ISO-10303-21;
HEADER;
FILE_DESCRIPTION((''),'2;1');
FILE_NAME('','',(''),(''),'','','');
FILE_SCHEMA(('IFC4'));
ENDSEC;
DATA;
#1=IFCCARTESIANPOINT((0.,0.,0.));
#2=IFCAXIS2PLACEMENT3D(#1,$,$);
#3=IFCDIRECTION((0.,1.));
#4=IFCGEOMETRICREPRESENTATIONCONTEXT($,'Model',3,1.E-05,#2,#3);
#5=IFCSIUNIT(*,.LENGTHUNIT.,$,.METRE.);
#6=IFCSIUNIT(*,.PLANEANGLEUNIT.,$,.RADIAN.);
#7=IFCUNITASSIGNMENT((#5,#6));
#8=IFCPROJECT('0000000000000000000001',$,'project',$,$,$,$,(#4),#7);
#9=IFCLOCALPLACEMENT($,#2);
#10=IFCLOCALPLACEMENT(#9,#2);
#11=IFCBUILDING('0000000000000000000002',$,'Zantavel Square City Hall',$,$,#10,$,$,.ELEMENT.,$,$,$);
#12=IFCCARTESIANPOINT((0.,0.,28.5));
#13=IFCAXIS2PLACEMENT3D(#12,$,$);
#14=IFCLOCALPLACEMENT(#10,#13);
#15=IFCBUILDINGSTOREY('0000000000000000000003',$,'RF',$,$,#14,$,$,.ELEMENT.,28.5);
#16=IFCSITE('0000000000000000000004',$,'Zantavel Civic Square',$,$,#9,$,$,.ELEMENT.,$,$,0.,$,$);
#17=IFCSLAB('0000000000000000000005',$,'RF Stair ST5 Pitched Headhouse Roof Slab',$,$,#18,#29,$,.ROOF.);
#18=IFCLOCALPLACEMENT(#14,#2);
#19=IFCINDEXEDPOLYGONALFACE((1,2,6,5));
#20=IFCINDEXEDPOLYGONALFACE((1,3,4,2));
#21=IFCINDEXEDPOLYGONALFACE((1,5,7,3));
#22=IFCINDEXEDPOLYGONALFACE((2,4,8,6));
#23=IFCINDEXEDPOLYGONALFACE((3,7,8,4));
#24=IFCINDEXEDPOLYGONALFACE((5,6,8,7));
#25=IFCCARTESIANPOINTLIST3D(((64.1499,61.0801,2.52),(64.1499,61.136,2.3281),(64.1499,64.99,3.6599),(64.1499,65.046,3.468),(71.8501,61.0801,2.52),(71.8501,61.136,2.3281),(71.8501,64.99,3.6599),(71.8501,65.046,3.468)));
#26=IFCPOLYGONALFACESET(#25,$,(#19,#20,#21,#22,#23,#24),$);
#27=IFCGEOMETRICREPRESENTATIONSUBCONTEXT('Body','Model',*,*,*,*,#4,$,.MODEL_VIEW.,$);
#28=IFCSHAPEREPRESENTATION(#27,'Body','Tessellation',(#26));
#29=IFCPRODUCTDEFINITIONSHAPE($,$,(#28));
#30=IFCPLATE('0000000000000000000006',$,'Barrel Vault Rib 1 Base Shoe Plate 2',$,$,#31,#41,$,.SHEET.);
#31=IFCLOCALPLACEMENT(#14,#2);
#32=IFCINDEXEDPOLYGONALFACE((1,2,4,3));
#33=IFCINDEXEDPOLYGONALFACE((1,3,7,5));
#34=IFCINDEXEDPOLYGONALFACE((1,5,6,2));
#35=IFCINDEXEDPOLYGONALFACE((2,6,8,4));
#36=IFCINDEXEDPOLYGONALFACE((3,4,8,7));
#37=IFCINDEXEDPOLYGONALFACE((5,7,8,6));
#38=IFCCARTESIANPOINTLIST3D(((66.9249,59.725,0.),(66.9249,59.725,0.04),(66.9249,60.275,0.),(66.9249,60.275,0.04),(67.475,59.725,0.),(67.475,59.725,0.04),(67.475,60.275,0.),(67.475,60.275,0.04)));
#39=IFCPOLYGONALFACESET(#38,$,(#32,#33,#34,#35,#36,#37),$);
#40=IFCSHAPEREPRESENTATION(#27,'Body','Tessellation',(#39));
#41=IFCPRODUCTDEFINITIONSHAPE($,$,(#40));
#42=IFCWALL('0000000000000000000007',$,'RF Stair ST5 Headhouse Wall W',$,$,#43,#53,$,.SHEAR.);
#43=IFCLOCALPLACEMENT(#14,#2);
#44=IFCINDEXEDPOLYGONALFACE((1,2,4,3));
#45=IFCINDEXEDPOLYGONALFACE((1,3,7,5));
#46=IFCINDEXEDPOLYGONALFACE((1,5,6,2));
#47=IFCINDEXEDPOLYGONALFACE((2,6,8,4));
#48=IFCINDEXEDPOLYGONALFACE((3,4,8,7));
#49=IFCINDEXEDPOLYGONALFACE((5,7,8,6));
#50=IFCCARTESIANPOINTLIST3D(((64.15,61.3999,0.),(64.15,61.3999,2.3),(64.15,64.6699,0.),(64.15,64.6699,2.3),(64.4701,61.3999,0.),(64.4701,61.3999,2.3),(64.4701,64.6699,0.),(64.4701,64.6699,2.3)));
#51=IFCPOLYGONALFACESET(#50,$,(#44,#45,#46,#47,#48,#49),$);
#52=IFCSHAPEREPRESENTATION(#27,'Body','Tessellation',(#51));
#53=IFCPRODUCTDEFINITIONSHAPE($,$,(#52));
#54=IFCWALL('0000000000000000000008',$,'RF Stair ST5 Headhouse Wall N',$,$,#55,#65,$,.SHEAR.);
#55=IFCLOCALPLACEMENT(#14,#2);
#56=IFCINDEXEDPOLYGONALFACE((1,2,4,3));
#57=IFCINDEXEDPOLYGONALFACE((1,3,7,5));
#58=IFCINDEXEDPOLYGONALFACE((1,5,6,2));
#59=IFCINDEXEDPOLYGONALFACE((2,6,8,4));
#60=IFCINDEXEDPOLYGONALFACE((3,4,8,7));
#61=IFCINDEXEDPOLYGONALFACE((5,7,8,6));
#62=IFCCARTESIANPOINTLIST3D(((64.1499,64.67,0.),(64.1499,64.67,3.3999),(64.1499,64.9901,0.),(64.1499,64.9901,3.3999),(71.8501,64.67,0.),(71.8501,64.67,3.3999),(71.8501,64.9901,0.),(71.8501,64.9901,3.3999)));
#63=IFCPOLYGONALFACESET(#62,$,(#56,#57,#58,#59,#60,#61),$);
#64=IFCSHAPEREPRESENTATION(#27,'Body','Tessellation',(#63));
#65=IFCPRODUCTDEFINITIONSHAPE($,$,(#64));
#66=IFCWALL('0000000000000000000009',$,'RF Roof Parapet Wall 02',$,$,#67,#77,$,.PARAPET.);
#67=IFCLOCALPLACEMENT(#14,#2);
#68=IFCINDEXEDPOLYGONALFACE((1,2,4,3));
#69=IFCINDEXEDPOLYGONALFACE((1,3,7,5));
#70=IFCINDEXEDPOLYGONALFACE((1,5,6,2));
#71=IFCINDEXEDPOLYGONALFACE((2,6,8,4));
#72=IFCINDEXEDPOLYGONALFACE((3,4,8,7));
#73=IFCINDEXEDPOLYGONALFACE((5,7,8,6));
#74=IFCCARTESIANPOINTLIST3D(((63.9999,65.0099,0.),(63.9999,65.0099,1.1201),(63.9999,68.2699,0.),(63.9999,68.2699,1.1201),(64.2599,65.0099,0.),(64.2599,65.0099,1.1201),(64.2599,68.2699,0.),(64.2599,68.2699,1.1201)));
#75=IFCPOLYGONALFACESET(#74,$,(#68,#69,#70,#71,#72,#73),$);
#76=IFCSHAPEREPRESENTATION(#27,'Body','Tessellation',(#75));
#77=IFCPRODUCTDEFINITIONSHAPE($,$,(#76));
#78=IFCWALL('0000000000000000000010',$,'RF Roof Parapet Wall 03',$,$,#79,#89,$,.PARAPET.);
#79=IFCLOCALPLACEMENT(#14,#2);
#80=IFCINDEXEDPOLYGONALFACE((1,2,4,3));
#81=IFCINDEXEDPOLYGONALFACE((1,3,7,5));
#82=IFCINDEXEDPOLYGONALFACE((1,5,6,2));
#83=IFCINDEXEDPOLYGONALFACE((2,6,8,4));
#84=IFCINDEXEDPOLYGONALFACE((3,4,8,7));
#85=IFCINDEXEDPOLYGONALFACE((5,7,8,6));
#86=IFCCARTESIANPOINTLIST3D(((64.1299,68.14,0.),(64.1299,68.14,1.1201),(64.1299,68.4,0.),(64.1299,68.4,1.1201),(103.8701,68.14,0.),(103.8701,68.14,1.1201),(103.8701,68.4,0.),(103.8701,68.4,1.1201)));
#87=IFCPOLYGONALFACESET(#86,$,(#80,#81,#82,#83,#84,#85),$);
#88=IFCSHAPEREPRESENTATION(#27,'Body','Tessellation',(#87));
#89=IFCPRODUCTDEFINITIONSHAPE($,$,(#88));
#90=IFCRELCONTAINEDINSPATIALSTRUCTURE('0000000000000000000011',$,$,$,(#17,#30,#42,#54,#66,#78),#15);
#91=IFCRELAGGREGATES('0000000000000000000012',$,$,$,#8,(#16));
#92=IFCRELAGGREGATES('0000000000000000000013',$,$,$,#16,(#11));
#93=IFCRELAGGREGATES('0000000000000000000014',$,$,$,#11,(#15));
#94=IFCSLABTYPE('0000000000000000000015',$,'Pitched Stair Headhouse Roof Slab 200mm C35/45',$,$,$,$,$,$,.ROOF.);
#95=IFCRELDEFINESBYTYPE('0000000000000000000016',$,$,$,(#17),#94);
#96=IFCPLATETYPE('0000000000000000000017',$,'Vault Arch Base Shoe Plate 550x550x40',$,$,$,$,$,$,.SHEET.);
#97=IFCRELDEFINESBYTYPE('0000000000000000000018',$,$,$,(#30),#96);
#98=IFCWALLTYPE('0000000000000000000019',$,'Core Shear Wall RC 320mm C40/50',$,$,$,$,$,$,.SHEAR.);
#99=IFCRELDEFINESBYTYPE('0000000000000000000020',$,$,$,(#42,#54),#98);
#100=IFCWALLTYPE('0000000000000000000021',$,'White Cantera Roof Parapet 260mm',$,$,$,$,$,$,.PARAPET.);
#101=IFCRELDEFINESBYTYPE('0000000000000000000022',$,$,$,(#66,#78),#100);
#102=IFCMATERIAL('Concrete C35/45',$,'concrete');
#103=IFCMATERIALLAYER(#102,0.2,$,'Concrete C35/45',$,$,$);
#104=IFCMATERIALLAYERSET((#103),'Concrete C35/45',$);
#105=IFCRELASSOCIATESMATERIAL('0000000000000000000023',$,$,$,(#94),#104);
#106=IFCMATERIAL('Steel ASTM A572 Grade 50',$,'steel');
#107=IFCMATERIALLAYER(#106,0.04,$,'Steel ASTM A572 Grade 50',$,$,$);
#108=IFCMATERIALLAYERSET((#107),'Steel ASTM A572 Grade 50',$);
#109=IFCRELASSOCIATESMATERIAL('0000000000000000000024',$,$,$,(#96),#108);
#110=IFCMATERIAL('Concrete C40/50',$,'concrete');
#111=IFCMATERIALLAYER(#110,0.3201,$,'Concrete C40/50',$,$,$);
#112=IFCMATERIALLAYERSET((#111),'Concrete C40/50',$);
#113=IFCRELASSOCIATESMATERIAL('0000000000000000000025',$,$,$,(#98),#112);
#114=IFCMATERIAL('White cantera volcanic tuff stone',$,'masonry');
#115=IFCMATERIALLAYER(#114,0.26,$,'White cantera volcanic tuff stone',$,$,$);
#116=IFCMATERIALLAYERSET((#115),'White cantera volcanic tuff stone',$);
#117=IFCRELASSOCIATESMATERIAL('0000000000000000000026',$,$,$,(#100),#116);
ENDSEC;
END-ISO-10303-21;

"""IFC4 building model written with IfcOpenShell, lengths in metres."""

from ifc_helpers import new_model, si_unit, direction, frame, frame_2d, origin, origin_2d, place, context, subcontext, project, spatial, polyline, rectangle, outline, extrude, material, layer, layer_set, type_object, element, save


model = new_model("IFC4")

# Units and contexts
model_context = context("Model", 3, precision=1e-05, world=origin(), true_north=direction((0.0, 1.0)))
body_context = subcontext(model_context, "Body", "Model", "MODEL_VIEW")
ifc_project = project(units=[si_unit("LENGTHUNIT", "METRE"), si_unit("PLANEANGLEUNIT", "RADIAN")], contexts=[model_context])

# Site, building, storey
site_placement = place(None, origin())
site = spatial("IfcSite", under=ifc_project, at=site_placement, Name="Zantavel Civic Square", CompositionType="ELEMENT", RefElevation=0.0)
building_placement = place(site_placement, origin())
building = spatial("IfcBuilding", under=site, at=building_placement, Name="Zantavel Square City Hall", CompositionType="ELEMENT")
storey_placement = place(building_placement, frame((0.0, 0.0, 28.5)))
storey = spatial("IfcBuildingStorey", under=building, at=storey_placement, Name="RF", CompositionType="ELEMENT", Elevation=28.5)

# Shared definitions
ifc_material_1 = material(Name="Steel ASTM A572 Grade 50", Category="steel")

# Shared definitions
ifc_material_2 = material(Name="Concrete C35/45", Category="concrete")

# Slab
ifc_layer_1 = layer(ifc_material_2, 0.2, Name="Concrete C35/45")
ifc_layer_set_1 = layer_set([ifc_layer_1], Name="Concrete C35/45")
slab_type_1 = type_object("IfcSlabType", Name="Pitched Stair Headhouse Roof Slab 200mm C35/45", PredefinedType="ROOF", material=ifc_layer_set_1)
slab_1_placement = place(storey_placement, frame((64.1499, 61.0801, 2.52), z_axis=(0.0, -0.279887, 0.960033), x_axis=(1.0, 0.0, 0.0)))
element("IfcSlab", 1, at=slab_1_placement, inside=storey, type_object=slab_type_1, Name="RF Stair ST5 Pitched Headhouse Roof Slab", PredefinedType="ROOF", context=body_context, shape_type="SweptSolid", body=[
    extrude(outline(polyline([(0.0, 0.0), (7.7002, 0.0), (7.7002, 4.0727), (0.0, 4.0727), (0.0, 0.0)])), origin(), (0.0, 0.0, -1.0), 0.2),
])

# Plate
ifc_layer_2 = layer(ifc_material_1, 0.04, Name="Steel ASTM A572 Grade 50")
ifc_layer_set_2 = layer_set([ifc_layer_2], Name="Steel ASTM A572 Grade 50")
plate_type_1 = type_object("IfcPlateType", Name="Vault Arch Base Shoe Plate 550x550x40", PredefinedType="SHEET", material=ifc_layer_set_2)
plate_1_placement = place(storey_placement, frame((67.2, 60.0, 0.0), z_axis=(0.0, 0.0, 1.0), x_axis=(1.0, 0.0, 0.0)))
element("IfcPlate", 2, at=plate_1_placement, inside=storey, type_object=plate_type_1, Name="Barrel Vault Rib 1 Base Shoe Plate 2", PredefinedType="SHEET", context=body_context, shape_type="SweptSolid", body=[
    extrude(rectangle(XDim=0.55, YDim=0.55, at=origin_2d()), origin(), (0.0, 0.0, 1.0), 0.04),
])

# Walls
ifc_material_3 = material(Name="Concrete C40/50", Category="concrete")
ifc_layer_3 = layer(ifc_material_3, 0.3201, Name="Concrete C40/50")
ifc_layer_set_3 = layer_set([ifc_layer_3], Name="Concrete C40/50")
wall_type_1 = type_object("IfcWallType", Name="Core Shear Wall RC 320mm C40/50", PredefinedType="SHEAR", material=ifc_layer_set_3)
wall_1_placement = place(storey_placement, frame((64.3101, 61.3999, 0.0), z_axis=(0.0, 0.0, 1.0), x_axis=(0.0, 1.0, 0.0)))
element("IfcWall", 3, at=wall_1_placement, inside=storey, type_object=wall_type_1, Name="RF Stair ST5 Headhouse Wall W", PredefinedType="SHEAR", context=body_context, shape_type="SweptSolid", body=[
    extrude(rectangle(XDim=3.27, YDim=0.3201, at=frame_2d((1.635, 0.0))), origin(), (0.0, 0.0, 1.0), 2.3),
])
wall_2_placement = place(storey_placement, frame((64.1499, 64.8301, 0.0), z_axis=(0.0, 0.0, 1.0), x_axis=(1.0, 0.0, 0.0)))
element("IfcWall", 4, at=wall_2_placement, inside=storey, type_object=wall_type_1, Name="RF Stair ST5 Headhouse Wall N", PredefinedType="SHEAR", context=body_context, shape_type="SweptSolid", body=[
    extrude(rectangle(XDim=7.7002, YDim=0.3201, at=frame_2d((3.8501, 0.0))), origin(), (0.0, 0.0, 1.0), 3.3999),
])
ifc_material_4 = material(Name="White cantera volcanic tuff stone", Category="masonry")
ifc_layer_4 = layer(ifc_material_4, 0.26, Name="White cantera volcanic tuff stone")
ifc_layer_set_4 = layer_set([ifc_layer_4], Name="White cantera volcanic tuff stone")
wall_type_2 = type_object("IfcWallType", Name="White Cantera Roof Parapet 260mm", PredefinedType="PARAPET", material=ifc_layer_set_4)
wall_3_placement = place(storey_placement, frame((64.1299, 65.01, 0.0), z_axis=(0.0, 0.0, 1.0), x_axis=(0.0, 1.0, 0.0)))
element("IfcWall", 5, at=wall_3_placement, inside=storey, type_object=wall_type_2, Name="RF Roof Parapet Wall 02", PredefinedType="PARAPET", context=body_context, shape_type="SweptSolid", body=[
    extrude(rectangle(XDim=3.26, YDim=0.26, at=frame_2d((1.6299, 0.0))), origin(), (0.0, 0.0, 1.0), 1.1201),
])
wall_4_placement = place(storey_placement, frame((64.1299, 68.27, 0.0), z_axis=(0.0, 0.0, 1.0), x_axis=(1.0, 0.0, 0.0)))
element("IfcWall", 6, at=wall_4_placement, inside=storey, type_object=wall_type_2, Name="RF Roof Parapet Wall 03", PredefinedType="PARAPET", context=body_context, shape_type="SweptSolid", body=[
    extrude(rectangle(XDim=39.7402, YDim=0.26, at=frame_2d((19.8701, 0.0))), origin(), (0.0, 0.0, 1.0), 1.1201),
])

save(model, "model.ifc")
